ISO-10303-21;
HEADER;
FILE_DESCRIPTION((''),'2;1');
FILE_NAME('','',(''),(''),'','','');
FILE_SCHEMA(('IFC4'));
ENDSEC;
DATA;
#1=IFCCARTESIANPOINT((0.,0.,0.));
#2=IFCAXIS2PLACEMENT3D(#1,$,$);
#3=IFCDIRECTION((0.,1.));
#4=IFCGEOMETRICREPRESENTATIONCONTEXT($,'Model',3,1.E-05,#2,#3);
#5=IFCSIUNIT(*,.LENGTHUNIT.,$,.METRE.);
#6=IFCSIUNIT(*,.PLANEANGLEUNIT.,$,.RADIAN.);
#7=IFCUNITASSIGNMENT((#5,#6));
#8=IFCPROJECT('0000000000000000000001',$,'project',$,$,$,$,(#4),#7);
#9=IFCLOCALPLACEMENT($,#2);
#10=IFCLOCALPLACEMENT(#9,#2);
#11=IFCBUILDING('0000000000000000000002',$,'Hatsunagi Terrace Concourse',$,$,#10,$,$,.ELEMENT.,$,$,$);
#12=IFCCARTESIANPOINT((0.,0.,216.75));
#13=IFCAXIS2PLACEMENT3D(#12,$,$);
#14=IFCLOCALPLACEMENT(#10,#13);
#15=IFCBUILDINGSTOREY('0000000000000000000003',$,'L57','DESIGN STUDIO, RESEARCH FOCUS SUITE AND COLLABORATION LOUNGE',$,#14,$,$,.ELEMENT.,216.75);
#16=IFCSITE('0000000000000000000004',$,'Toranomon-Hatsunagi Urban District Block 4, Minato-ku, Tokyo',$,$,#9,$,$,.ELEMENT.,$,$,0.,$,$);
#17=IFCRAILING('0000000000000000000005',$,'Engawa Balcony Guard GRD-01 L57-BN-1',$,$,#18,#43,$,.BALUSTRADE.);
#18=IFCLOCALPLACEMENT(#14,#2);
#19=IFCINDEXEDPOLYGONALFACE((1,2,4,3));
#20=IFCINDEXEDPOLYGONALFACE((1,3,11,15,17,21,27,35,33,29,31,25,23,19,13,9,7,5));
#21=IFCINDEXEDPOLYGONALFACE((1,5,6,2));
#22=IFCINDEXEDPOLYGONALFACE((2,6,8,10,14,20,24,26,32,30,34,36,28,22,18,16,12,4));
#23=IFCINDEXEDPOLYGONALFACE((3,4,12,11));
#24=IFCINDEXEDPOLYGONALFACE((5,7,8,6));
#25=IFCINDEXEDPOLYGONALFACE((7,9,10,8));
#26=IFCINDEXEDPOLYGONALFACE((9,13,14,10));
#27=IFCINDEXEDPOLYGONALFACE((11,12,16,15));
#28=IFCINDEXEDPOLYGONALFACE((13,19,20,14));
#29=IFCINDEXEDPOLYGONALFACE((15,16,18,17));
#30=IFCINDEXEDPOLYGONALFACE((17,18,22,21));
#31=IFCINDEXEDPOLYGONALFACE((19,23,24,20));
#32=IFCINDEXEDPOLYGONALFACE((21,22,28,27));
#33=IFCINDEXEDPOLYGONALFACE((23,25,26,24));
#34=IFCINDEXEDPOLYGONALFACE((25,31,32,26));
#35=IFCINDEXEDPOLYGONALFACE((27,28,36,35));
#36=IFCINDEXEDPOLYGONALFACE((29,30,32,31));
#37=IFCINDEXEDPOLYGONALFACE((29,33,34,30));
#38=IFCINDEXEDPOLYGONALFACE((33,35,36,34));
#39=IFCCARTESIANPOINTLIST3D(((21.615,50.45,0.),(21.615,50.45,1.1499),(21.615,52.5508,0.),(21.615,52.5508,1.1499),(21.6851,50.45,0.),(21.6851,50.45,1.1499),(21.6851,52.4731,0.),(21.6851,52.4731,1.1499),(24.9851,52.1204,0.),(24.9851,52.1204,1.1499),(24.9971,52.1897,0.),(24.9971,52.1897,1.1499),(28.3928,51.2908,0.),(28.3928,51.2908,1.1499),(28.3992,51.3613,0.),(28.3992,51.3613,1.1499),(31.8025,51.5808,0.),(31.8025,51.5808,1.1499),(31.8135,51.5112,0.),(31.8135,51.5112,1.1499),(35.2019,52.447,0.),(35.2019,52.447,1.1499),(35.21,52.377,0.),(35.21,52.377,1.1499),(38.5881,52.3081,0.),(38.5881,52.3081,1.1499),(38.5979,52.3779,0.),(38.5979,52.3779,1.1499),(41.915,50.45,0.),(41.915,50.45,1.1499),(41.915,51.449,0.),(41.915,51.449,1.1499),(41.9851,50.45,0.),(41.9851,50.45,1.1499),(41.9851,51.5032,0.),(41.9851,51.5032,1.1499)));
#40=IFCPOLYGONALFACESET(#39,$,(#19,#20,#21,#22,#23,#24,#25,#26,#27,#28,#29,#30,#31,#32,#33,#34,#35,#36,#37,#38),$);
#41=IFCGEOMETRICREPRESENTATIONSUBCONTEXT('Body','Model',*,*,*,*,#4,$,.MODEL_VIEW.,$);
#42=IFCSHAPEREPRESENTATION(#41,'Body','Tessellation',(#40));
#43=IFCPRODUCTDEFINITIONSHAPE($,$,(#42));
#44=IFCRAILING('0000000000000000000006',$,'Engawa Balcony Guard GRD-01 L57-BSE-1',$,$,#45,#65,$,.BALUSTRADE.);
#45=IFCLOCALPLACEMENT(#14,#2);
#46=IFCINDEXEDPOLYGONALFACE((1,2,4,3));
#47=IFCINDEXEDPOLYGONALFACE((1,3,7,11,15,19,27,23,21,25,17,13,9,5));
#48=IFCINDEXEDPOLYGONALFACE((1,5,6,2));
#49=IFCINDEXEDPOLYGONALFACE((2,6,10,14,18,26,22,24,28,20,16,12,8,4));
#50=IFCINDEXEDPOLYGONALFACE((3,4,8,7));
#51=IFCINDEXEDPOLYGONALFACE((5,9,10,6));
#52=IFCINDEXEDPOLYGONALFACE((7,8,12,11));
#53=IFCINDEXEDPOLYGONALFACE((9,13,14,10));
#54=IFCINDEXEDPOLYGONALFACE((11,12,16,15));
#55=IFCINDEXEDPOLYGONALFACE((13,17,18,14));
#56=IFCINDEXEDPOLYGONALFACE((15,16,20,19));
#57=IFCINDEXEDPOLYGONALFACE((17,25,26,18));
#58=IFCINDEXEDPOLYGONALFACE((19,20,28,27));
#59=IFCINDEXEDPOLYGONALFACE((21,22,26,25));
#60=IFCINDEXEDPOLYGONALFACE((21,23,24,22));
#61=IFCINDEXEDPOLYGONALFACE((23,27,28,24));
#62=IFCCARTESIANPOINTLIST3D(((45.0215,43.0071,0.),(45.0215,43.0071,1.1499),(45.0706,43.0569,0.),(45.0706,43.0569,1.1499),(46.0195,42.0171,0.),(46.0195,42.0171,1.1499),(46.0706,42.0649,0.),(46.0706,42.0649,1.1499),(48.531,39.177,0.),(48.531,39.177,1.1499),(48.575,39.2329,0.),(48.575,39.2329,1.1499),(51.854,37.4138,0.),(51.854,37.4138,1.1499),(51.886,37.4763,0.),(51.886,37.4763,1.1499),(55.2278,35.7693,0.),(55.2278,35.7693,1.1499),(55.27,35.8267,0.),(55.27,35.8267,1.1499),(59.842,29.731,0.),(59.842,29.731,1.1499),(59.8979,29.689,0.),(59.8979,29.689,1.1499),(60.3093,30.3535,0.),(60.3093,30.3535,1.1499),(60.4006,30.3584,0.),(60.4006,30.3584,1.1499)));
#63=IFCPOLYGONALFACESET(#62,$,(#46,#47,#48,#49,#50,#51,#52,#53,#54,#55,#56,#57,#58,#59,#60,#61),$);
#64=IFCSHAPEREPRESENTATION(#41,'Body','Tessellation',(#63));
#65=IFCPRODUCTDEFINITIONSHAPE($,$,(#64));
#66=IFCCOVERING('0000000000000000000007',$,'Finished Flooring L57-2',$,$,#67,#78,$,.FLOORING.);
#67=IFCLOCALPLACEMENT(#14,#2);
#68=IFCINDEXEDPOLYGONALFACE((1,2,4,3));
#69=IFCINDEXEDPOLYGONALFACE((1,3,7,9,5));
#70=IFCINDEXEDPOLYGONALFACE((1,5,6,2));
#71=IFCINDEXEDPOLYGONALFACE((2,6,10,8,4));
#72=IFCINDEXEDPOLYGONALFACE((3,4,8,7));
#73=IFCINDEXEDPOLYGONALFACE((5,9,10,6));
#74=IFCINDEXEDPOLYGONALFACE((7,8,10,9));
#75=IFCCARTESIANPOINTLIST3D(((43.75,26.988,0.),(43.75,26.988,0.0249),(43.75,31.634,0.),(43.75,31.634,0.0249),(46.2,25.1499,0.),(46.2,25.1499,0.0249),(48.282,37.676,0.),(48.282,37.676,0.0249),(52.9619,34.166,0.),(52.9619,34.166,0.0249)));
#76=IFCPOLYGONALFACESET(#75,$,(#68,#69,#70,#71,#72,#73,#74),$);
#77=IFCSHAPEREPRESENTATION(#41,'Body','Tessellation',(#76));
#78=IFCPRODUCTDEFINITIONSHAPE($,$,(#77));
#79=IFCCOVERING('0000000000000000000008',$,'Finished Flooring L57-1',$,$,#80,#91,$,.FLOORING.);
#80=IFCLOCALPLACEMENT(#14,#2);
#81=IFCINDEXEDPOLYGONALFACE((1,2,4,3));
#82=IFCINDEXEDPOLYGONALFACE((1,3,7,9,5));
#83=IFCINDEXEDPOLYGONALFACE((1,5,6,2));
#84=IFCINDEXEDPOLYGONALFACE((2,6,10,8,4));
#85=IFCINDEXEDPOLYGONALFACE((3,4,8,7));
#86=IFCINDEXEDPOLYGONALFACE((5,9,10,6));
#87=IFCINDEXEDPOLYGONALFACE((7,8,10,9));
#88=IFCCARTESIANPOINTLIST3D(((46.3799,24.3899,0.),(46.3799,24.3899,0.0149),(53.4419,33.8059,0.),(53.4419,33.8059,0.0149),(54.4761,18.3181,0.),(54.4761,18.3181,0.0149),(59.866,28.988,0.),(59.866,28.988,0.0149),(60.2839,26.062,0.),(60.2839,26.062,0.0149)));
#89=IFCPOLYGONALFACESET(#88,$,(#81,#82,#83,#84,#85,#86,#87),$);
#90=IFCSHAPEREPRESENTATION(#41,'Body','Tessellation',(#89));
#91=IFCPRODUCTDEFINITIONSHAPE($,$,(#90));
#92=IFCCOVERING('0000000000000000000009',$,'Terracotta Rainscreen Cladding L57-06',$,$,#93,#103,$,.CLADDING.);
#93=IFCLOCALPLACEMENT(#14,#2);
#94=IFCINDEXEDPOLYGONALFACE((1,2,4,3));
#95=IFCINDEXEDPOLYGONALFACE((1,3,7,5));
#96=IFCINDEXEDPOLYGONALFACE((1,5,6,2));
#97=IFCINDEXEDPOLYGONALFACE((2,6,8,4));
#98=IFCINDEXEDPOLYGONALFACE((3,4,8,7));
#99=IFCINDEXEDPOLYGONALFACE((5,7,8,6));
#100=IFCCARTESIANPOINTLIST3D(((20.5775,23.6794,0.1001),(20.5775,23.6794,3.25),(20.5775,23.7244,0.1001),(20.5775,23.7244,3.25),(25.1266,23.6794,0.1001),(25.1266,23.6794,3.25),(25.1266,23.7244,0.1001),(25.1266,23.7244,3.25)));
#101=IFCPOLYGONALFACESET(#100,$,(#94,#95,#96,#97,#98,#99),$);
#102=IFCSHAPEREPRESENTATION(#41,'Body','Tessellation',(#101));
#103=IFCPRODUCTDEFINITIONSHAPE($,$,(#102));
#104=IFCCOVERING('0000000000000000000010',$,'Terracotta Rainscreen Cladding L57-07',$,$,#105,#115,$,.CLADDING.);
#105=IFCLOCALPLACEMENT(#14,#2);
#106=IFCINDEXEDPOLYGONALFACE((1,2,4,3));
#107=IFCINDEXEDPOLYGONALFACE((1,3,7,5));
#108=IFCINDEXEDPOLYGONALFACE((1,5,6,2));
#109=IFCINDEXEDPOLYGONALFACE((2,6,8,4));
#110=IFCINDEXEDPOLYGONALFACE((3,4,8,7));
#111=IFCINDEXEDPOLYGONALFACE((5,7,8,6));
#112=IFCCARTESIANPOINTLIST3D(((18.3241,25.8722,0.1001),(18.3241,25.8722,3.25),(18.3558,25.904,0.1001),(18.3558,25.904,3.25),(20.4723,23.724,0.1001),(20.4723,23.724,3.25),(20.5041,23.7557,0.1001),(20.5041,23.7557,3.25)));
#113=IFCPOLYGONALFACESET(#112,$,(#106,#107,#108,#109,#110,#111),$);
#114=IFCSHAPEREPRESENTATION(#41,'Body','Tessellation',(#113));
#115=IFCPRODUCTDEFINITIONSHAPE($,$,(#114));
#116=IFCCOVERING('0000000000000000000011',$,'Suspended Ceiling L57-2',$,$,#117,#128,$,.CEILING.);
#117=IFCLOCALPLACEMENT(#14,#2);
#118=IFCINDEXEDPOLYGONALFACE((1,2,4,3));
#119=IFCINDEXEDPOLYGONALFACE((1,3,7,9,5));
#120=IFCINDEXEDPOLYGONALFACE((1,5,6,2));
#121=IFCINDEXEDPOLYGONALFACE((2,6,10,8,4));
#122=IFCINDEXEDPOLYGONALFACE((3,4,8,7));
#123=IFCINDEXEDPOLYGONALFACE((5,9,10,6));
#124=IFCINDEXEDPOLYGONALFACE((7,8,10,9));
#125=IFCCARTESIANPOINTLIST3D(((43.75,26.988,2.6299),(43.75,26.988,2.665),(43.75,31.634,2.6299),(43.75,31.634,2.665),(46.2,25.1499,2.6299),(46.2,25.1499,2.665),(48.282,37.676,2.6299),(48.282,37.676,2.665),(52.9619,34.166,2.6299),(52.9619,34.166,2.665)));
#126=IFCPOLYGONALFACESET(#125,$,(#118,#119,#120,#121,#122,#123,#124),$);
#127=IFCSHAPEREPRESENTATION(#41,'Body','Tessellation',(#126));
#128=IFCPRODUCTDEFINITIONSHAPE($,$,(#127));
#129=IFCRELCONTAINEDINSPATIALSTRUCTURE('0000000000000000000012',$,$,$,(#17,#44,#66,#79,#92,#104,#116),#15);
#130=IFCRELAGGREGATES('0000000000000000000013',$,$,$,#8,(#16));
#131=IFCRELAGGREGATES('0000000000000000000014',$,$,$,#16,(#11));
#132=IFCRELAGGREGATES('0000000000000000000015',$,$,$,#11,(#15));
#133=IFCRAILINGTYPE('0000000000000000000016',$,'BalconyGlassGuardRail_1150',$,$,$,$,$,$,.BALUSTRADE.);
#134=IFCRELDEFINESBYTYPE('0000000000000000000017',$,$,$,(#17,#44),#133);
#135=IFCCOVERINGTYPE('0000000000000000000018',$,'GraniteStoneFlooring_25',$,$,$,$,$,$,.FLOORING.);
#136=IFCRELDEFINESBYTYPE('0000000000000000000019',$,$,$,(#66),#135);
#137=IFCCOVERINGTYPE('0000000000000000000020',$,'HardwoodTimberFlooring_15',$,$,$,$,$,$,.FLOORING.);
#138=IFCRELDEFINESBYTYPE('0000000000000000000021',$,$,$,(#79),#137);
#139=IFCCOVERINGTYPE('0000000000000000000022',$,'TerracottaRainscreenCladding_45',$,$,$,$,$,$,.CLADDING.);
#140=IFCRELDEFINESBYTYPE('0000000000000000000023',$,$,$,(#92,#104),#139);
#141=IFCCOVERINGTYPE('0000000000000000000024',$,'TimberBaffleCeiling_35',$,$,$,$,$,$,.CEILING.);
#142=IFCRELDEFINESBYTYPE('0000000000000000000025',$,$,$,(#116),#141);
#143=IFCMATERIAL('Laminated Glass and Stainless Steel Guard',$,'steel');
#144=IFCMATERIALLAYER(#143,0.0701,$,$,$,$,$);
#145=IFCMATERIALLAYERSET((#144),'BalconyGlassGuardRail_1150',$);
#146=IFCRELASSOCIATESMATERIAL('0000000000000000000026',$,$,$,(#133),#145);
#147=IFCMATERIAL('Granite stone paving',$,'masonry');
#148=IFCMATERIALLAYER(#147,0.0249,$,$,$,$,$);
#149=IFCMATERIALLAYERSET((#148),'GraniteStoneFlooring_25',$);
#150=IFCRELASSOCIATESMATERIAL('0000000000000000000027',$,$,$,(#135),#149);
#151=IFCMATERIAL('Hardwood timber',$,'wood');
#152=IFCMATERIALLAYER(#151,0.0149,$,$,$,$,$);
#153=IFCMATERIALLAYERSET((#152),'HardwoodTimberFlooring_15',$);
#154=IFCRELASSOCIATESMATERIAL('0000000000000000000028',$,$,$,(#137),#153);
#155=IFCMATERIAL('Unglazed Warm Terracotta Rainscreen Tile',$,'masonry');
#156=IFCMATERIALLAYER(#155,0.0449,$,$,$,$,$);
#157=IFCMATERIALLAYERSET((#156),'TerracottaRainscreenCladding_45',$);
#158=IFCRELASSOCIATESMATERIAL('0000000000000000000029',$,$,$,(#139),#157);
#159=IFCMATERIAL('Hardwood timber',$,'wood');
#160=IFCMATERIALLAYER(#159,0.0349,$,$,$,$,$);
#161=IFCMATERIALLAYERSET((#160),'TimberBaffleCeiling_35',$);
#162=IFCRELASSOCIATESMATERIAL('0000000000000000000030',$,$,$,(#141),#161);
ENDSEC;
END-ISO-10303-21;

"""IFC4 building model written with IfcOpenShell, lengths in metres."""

from ifc_helpers import new_model, si_unit, direction, frame, origin, origin_2d, place, context, subcontext, project, spatial, polyline, rectangle, outline, extrude, material, layer, layer_set, type_object, element, save


model = new_model("IFC4")

# Units and contexts
model_context = context("Model", 3, precision=1e-05, world=origin(), true_north=direction((0.0, 1.0)))
body_context = subcontext(model_context, "Body", "Model", "MODEL_VIEW")
ifc_project = project(units=[si_unit("LENGTHUNIT", "METRE"), si_unit("PLANEANGLEUNIT", "RADIAN")], contexts=[model_context])

# Site, building, storey
site_placement = place(None, origin())
site = spatial("IfcSite", under=ifc_project, at=site_placement, Name="Toranomon-Hatsunagi Urban District Block 4, Minato-ku, Tokyo", CompositionType="ELEMENT", RefElevation=0.0)
building_placement = place(site_placement, origin())
building = spatial("IfcBuilding", under=site, at=building_placement, Name="Hatsunagi Terrace Concourse", CompositionType="ELEMENT")
storey_placement = place(building_placement, frame((0.0, 0.0, 216.75)))
storey = spatial("IfcBuildingStorey", under=building, at=storey_placement, Name="L57", Description="DESIGN STUDIO, RESEARCH FOCUS SUITE AND COLLABORATION LOUNGE", CompositionType="ELEMENT", Elevation=216.75)

# Railings
ifc_material_1 = material(Name="Laminated Glass and Stainless Steel Guard", Category="steel")
ifc_layer_1 = layer(ifc_material_1, 0.0701)
ifc_layer_set_1 = layer_set([ifc_layer_1], Name="BalconyGlassGuardRail_1150")
railing_type = type_object("IfcRailingType", Name="BalconyGlassGuardRail_1150", PredefinedType="BALUSTRADE", material=ifc_layer_set_1)
railing_1_placement = place(storey_placement, origin())
element("IfcRailing", 1, at=railing_1_placement, inside=storey, type_object=railing_type, Name="Engawa Balcony Guard GRD-01 L57-BN-1", PredefinedType="BALUSTRADE", context=body_context, shape_type="SweptSolid", body=[
    extrude(outline(polyline([(21.615, 50.45), (21.6851, 50.45), (21.6851, 52.4731), (24.9851, 52.1204), (28.3928, 51.2908), (31.8135, 51.5112), (35.21, 52.377), (38.5881, 52.3081), (41.915, 51.449), (41.915, 50.45), (41.9851, 50.45), (41.9851, 51.5032), (38.5979, 52.3779), (35.2019, 52.447), (31.8025, 51.5808), (28.3992, 51.3613), (24.9971, 52.1897), (21.615, 52.5508), (21.615, 50.45)])), origin(), (0.0, 0.0, 1.0), 1.1499),
])
railing_2_placement = place(storey_placement, origin())
element("IfcRailing", 2, at=railing_2_placement, inside=storey, type_object=railing_type, Name="Engawa Balcony Guard GRD-01 L57-BSE-1", PredefinedType="BALUSTRADE", context=body_context, shape_type="SweptSolid", body=[
    extrude(outline(polyline([(45.0706, 43.0569), (45.0215, 43.0071), (46.0195, 42.0171), (48.531, 39.177), (51.854, 37.4138), (55.2278, 35.7693), (60.3093, 30.3535), (59.842, 29.731), (59.8979, 29.689), (60.4006, 30.3584), (55.27, 35.8267), (51.886, 37.4763), (48.575, 39.2329), (46.0706, 42.0649), (45.0706, 43.0569)])), origin(), (0.0, 0.0, 1.0), 1.1499),
])

# Coverings
ifc_material_2 = material(Name="Granite stone paving", Category="masonry")
ifc_layer_2 = layer(ifc_material_2, 0.0249)
ifc_layer_set_2 = layer_set([ifc_layer_2], Name="GraniteStoneFlooring_25")
covering_type_1 = type_object("IfcCoveringType", Name="GraniteStoneFlooring_25", PredefinedType="FLOORING", material=ifc_layer_set_2)
covering_1_placement = place(storey_placement, origin())
element("IfcCovering", 3, at=covering_1_placement, inside=storey, type_object=covering_type_1, Name="Finished Flooring L57-2", PredefinedType="FLOORING", context=body_context, shape_type="SweptSolid", body=[
    extrude(outline(polyline([(48.282, 37.676), (43.75, 31.634), (43.75, 26.988), (46.2, 25.1499), (52.9619, 34.166), (48.282, 37.676)])), origin(), (0.0, 0.0, 1.0), 0.0249),
])
ifc_material_3 = material(Name="Hardwood timber", Category="wood")
ifc_layer_3 = layer(ifc_material_3, 0.0149)
ifc_layer_set_3 = layer_set([ifc_layer_3], Name="HardwoodTimberFlooring_15")
covering_type_2 = type_object("IfcCoveringType", Name="HardwoodTimberFlooring_15", PredefinedType="FLOORING", material=ifc_layer_set_3)
covering_2_placement = place(storey_placement, origin())
element("IfcCovering", 4, at=covering_2_placement, inside=storey, type_object=covering_type_2, Name="Finished Flooring L57-1", PredefinedType="FLOORING", context=body_context, shape_type="SweptSolid", body=[
    extrude(outline(polyline([(59.866, 28.988), (53.4419, 33.8059), (46.3799, 24.3899), (54.4761, 18.3181), (60.2839, 26.062), (59.866, 28.988)])), origin(), (0.0, 0.0, 1.0), 0.0149),
])
ifc_material_4 = material(Name="Unglazed Warm Terracotta Rainscreen Tile", Category="masonry")
ifc_layer_4 = layer(ifc_material_4, 0.0449)
ifc_layer_set_4 = layer_set([ifc_layer_4], Name="TerracottaRainscreenCladding_45")
covering_type_3 = type_object("IfcCoveringType", Name="TerracottaRainscreenCladding_45", PredefinedType="CLADDING", material=ifc_layer_set_4)
covering_3_placement = place(storey_placement, frame((22.8521, 23.7019, 0.1001), z_axis=(0.0, 0.0, 1.0), x_axis=(-1.0, 0.0, 0.0)))
element("IfcCovering", 5, at=covering_3_placement, inside=storey, type_object=covering_type_3, Name="Terracotta Rainscreen Cladding L57-06", PredefinedType="CLADDING", context=body_context, shape_type="SweptSolid", body=[
    extrude(rectangle(XDim=4.5491, YDim=0.0449, at=origin_2d()), origin(), (0.0, 0.0, 1.0), 3.1499),
])
covering_4_placement = place(storey_placement, frame((19.4141, 24.814, 0.1001), z_axis=(0.0, 0.0, 1.0), x_axis=(-0.707107, 0.707107, 0.0)))
element("IfcCovering", 6, at=covering_4_placement, inside=storey, type_object=covering_type_3, Name="Terracotta Rainscreen Cladding L57-07", PredefinedType="CLADDING", context=body_context, shape_type="SweptSolid", body=[
    extrude(rectangle(XDim=3.0381, YDim=0.0449, at=origin_2d()), origin(), (0.0, 0.0, 1.0), 3.1499),
])
ifc_material_5 = material(Name="Hardwood timber", Category="wood")
ifc_layer_5 = layer(ifc_material_5, 0.0349)
ifc_layer_set_5 = layer_set([ifc_layer_5], Name="TimberBaffleCeiling_35")
covering_type_4 = type_object("IfcCoveringType", Name="TimberBaffleCeiling_35", PredefinedType="CEILING", material=ifc_layer_set_5)
covering_5_placement = place(storey_placement, frame((0.0, 0.0, 2.6299)))
element("IfcCovering", 7, at=covering_5_placement, inside=storey, type_object=covering_type_4, Name="Suspended Ceiling L57-2", PredefinedType="CEILING", context=body_context, shape_type="SweptSolid", body=[
    extrude(outline(polyline([(48.282, 37.676), (43.75, 31.634), (43.75, 26.988), (46.2, 25.1499), (52.9619, 34.166), (48.282, 37.676)])), origin(), (0.0, 0.0, 1.0), 0.0352),
])

save(model, "model.ifc")
